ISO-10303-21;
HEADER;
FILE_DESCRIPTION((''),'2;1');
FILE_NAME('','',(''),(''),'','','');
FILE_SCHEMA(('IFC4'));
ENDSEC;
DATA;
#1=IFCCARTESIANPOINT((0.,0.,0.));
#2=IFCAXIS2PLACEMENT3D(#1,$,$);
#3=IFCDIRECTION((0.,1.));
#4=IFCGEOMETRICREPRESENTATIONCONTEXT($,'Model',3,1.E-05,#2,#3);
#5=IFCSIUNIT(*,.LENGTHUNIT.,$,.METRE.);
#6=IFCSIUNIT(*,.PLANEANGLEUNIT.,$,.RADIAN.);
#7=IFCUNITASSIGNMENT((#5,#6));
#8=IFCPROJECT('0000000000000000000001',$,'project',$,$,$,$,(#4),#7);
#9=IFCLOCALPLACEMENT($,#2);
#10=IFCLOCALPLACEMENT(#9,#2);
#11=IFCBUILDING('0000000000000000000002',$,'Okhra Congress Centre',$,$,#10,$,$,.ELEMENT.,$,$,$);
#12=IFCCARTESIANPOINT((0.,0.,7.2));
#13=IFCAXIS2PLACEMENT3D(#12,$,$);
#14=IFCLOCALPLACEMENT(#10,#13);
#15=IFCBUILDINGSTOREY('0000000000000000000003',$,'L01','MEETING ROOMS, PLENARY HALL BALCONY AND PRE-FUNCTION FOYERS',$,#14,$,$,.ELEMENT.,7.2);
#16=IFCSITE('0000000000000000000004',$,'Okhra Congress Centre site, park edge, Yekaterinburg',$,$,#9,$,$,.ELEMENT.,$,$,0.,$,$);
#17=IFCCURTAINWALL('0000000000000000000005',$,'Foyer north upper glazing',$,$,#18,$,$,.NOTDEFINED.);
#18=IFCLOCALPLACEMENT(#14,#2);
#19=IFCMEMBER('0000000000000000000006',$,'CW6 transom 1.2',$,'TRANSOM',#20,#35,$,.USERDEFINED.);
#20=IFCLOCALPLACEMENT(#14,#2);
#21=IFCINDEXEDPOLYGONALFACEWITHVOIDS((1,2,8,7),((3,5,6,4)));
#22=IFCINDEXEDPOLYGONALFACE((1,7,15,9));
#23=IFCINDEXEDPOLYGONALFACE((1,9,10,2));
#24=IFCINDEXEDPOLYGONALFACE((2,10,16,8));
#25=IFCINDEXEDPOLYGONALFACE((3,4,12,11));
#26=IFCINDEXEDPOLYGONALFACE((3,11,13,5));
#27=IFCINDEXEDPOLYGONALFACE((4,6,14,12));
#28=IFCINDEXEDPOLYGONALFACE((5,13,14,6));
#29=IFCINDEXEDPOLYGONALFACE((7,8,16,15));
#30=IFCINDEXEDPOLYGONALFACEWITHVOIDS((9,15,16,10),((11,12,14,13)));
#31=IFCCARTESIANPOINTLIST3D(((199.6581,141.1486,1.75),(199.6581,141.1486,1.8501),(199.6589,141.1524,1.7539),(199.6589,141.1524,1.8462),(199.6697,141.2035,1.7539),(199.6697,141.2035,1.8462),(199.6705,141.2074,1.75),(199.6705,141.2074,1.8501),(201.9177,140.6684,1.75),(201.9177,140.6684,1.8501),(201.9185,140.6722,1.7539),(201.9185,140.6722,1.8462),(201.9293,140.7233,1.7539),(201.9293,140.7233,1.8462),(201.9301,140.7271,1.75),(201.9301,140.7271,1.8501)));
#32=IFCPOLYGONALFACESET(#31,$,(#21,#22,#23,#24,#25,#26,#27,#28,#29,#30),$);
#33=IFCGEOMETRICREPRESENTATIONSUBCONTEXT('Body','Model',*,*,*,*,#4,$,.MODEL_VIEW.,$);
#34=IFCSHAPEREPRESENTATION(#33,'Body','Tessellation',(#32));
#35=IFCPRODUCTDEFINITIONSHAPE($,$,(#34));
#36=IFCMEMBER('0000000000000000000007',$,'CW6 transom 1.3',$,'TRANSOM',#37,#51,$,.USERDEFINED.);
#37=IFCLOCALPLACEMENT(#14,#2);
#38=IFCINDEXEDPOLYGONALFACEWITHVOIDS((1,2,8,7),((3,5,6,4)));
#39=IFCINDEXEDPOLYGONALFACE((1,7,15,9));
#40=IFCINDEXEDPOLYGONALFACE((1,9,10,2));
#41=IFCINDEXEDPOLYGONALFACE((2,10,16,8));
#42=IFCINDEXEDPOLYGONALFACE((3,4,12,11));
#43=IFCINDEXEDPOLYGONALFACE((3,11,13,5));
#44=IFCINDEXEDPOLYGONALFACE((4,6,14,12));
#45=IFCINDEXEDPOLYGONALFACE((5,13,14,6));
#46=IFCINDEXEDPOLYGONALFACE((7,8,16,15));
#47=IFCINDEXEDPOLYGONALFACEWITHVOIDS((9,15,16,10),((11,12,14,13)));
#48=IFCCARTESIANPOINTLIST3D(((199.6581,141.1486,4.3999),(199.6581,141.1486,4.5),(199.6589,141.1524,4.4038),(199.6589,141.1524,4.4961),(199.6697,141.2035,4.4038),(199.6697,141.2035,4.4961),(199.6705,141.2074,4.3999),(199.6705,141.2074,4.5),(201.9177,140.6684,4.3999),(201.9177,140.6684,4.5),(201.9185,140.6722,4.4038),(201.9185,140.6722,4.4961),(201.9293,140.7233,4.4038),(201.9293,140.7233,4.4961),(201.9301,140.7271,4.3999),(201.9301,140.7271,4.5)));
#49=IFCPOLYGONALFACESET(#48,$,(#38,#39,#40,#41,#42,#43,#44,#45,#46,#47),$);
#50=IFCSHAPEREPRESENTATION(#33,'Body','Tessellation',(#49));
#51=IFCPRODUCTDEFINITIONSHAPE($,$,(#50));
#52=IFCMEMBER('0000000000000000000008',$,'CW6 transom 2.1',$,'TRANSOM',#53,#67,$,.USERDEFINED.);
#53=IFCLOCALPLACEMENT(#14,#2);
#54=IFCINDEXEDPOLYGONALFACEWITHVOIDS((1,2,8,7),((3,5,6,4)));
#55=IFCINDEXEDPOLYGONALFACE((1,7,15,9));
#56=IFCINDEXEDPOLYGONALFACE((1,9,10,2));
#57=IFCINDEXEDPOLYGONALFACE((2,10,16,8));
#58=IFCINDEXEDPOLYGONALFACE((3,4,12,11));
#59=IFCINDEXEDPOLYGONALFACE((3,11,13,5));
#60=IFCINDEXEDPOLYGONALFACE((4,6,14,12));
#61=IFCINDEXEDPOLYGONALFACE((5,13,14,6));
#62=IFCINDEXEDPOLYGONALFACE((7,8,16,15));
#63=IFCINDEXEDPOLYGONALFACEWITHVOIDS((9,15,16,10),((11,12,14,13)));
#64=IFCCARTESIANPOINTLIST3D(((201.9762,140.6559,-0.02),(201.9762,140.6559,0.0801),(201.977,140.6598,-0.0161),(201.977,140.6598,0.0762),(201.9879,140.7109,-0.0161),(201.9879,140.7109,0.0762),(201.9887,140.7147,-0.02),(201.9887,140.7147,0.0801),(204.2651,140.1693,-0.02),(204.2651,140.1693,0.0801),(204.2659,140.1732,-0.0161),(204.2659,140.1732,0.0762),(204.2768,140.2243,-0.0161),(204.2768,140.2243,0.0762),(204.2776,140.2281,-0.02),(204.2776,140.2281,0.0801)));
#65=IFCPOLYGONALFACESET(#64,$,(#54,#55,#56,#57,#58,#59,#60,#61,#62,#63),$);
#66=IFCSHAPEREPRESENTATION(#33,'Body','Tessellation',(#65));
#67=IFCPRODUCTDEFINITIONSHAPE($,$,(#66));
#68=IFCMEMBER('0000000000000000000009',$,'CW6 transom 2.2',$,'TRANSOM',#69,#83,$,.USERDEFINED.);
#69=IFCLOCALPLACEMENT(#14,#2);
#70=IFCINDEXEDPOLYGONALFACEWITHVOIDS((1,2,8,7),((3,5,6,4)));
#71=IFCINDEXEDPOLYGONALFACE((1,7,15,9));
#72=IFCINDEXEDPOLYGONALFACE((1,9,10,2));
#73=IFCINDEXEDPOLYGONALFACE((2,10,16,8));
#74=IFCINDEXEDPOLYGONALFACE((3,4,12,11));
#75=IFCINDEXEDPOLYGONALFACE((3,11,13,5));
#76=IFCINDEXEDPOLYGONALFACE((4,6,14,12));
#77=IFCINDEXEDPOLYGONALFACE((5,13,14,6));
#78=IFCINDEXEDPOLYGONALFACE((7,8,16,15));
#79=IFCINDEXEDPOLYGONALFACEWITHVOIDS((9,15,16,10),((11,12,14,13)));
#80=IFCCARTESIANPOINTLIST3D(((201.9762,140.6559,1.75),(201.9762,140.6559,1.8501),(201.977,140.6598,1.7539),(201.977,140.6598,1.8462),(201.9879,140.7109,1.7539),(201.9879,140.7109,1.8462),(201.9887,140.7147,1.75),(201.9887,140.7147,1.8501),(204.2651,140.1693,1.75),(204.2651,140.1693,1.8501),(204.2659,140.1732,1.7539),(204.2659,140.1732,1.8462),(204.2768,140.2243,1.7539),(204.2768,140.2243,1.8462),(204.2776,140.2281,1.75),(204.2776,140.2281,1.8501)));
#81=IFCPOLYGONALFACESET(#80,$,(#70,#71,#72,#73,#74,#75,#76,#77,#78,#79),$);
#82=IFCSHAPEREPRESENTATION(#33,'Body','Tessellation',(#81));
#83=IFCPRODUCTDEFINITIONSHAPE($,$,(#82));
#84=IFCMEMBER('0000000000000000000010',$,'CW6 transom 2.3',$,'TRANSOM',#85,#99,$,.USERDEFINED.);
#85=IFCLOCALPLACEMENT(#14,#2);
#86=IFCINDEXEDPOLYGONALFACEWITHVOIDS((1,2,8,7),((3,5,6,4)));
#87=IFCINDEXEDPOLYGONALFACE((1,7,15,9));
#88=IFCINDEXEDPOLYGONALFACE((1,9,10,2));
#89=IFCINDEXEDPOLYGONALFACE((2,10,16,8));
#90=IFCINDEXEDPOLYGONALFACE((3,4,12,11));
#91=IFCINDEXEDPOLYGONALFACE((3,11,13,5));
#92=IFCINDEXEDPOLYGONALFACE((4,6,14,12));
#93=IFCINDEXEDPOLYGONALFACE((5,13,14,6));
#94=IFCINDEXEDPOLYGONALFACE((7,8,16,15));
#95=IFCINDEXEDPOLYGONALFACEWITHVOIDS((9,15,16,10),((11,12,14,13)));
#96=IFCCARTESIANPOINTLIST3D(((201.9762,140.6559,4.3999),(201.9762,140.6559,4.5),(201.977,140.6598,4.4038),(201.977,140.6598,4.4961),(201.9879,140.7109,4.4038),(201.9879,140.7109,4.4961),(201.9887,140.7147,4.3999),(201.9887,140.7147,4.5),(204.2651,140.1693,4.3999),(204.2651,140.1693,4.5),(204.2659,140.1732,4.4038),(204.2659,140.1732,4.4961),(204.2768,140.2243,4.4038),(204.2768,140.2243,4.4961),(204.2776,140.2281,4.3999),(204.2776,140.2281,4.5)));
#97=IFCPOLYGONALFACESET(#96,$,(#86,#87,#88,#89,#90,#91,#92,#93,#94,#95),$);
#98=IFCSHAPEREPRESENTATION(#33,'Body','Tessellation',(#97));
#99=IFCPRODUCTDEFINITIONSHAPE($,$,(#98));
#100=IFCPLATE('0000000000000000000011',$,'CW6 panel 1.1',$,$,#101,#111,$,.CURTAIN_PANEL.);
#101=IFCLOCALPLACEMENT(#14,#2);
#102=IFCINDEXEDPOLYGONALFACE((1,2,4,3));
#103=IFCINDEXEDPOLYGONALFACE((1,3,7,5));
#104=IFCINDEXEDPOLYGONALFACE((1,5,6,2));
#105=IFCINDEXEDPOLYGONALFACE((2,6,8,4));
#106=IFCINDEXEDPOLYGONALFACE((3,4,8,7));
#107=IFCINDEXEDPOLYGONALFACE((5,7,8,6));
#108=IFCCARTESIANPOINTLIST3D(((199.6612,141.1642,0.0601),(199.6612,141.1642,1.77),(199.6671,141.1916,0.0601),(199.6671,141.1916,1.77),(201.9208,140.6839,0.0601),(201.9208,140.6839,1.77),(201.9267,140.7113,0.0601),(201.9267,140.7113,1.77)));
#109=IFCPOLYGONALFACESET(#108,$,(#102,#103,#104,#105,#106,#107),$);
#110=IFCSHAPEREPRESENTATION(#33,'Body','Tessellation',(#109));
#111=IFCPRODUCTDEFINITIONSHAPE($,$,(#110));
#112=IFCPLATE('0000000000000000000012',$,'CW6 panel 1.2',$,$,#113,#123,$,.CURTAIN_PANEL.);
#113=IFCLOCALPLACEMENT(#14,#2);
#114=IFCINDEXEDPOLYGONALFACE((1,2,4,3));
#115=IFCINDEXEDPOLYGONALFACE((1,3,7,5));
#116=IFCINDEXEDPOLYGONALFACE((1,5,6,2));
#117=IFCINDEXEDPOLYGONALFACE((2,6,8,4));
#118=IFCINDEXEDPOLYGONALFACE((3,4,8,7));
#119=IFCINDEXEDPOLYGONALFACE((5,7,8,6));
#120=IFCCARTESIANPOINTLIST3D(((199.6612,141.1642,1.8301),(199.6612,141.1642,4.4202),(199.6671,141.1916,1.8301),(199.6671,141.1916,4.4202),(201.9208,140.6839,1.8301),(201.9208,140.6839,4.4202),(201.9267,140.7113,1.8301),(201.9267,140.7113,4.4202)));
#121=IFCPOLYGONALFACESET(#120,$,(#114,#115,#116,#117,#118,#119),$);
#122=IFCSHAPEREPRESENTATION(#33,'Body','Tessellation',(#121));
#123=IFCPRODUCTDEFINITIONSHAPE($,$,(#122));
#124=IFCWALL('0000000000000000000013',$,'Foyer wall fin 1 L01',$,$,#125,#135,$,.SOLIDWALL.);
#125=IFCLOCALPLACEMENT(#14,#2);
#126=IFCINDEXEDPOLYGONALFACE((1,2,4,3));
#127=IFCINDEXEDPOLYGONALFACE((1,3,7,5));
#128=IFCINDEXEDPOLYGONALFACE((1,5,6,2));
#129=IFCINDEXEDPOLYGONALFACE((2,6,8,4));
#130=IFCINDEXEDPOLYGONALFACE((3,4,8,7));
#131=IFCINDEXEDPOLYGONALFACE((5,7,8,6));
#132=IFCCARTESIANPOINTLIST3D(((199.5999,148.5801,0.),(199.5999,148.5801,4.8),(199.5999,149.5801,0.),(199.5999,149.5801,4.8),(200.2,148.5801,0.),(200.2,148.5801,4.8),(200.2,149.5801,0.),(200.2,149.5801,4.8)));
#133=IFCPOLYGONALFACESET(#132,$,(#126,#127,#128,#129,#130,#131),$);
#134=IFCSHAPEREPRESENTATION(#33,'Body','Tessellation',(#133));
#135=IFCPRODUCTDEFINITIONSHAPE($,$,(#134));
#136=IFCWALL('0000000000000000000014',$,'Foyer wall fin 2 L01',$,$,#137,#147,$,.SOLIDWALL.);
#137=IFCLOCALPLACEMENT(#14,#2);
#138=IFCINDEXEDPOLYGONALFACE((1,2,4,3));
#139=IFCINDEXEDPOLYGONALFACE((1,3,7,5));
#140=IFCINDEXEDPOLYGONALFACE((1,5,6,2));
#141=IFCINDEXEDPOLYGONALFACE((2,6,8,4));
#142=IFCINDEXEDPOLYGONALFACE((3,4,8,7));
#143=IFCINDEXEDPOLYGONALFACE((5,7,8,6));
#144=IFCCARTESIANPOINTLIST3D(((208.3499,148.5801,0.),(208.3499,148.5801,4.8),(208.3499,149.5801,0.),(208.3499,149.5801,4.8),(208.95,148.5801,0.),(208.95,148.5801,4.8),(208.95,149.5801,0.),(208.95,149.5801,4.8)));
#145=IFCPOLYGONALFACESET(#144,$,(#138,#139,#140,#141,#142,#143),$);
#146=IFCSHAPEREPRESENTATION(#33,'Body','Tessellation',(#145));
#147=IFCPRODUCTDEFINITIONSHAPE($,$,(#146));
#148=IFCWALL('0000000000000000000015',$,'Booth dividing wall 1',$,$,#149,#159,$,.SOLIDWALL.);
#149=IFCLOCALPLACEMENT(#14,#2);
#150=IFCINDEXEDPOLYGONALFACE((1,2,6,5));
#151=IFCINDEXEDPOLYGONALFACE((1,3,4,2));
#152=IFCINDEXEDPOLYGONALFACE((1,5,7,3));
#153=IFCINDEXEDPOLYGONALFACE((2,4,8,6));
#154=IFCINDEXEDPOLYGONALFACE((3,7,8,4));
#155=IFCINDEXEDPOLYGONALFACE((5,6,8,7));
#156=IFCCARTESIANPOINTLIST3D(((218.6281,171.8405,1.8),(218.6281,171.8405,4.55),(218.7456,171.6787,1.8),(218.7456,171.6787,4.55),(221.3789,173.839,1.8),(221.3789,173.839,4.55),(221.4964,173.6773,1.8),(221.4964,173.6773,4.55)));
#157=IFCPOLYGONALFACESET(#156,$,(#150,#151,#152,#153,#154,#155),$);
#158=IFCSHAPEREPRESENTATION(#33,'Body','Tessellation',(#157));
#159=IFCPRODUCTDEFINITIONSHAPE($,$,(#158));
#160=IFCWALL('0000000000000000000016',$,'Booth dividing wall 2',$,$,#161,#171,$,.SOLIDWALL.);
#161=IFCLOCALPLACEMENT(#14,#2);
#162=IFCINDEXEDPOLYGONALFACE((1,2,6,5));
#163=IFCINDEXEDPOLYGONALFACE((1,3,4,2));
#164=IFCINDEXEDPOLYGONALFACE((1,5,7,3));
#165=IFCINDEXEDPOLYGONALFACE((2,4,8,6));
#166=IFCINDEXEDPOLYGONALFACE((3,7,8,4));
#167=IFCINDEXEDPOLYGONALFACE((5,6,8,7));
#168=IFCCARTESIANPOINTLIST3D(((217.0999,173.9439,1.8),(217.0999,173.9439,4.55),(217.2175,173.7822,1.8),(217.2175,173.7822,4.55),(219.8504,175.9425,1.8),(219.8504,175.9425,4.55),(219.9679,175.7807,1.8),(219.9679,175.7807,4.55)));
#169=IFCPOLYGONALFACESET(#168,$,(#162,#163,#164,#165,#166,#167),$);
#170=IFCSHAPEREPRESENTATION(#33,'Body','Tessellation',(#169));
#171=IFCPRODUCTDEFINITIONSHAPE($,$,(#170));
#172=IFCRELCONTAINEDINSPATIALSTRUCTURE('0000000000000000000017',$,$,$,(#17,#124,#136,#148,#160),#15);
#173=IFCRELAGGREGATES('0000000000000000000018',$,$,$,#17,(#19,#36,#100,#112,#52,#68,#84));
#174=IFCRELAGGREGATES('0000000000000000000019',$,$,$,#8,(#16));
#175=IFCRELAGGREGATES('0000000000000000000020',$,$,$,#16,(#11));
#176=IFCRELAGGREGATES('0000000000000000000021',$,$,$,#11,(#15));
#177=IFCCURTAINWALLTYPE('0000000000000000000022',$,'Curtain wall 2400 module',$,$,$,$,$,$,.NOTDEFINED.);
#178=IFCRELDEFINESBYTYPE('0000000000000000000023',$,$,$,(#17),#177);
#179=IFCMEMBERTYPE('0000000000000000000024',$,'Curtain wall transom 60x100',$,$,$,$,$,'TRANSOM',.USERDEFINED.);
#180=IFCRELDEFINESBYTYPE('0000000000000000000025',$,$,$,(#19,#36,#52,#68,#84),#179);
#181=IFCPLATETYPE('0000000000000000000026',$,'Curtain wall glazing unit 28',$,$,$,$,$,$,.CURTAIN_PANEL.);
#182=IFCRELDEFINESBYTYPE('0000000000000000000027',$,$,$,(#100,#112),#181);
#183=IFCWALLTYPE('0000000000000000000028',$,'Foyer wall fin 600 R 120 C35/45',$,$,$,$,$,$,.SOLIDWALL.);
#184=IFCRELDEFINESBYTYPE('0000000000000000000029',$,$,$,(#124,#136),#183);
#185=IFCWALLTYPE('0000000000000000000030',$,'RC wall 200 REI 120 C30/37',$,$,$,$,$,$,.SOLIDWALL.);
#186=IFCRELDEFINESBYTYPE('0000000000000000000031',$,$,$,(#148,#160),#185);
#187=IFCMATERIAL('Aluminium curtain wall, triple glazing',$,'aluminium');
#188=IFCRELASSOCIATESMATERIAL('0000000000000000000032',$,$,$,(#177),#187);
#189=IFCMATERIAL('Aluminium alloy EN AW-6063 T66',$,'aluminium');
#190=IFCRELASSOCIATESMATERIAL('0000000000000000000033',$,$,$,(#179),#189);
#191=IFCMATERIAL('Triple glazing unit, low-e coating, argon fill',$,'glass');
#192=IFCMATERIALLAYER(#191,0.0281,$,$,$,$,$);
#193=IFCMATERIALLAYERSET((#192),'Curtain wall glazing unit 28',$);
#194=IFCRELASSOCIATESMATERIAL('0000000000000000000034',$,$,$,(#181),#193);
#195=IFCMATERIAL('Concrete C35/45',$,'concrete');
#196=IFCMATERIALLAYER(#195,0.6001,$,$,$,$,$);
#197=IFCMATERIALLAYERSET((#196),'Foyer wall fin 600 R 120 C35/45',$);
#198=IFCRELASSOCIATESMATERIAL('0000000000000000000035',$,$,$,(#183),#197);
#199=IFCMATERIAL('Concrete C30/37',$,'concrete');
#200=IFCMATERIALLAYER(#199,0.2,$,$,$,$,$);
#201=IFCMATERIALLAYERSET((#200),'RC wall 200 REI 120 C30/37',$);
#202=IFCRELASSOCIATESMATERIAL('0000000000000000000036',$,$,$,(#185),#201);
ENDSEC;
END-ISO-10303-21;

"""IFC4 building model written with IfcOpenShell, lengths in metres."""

from ifc_helpers import new_model, si_unit, direction, frame, frame_2d, origin, origin_2d, place, context, subcontext, project, spatial, rectangle, hollow_rectangle, extrude, material, layer, layer_set, material_profile, profile_set, type_object, element, aggregate, save


model = new_model("IFC4")

# Units and contexts
model_context = context("Model", 3, precision=1e-05, world=origin(), true_north=direction((0.0, 1.0)))
body_context = subcontext(model_context, "Body", "Model", "MODEL_VIEW")
ifc_project = project(units=[si_unit("LENGTHUNIT", "METRE"), si_unit("PLANEANGLEUNIT", "RADIAN")], contexts=[model_context])

# Site, building, storey
site_placement = place(None, origin())
site = spatial("IfcSite", under=ifc_project, at=site_placement, Name="Okhra Congress Centre site, park edge, Yekaterinburg", CompositionType="ELEMENT", RefElevation=0.0)
building_placement = place(site_placement, origin())
building = spatial("IfcBuilding", under=site, at=building_placement, Name="Okhra Congress Centre", CompositionType="ELEMENT")
storey_placement = place(building_placement, frame((0.0, 0.0, 7.2)))
storey = spatial("IfcBuildingStorey", under=building, at=storey_placement, Name="L01", Description="MEETING ROOMS, PLENARY HALL BALCONY AND PRE-FUNCTION FOYERS", CompositionType="ELEMENT", Elevation=7.2)

# Shared definitions
ifc_material_1 = material(Name="Concrete C35/45", Category="concrete")

# Curtain wall, members, plates
ifc_material_2 = material(Name="Aluminium curtain wall, triple glazing", Category="aluminium")
curtain_wall_type = type_object("IfcCurtainWallType", Name="Curtain wall 2400 module", PredefinedType="NOTDEFINED", material=ifc_material_2)
curtain_wall_placement = place(storey_placement, origin())
curtain_wall = element("IfcCurtainWall", 1, at=curtain_wall_placement, inside=storey, type_object=curtain_wall_type, Name="Foyer north upper glazing", PredefinedType="NOTDEFINED")
ifc_material_3 = material(Name="Aluminium alloy EN AW-6063 T66", Category="aluminium")
ifc_material_profile_1 = material_profile(ifc_material_3, hollow_rectangle(XDim=0.0601, YDim=0.1001, WallThickness=0.0039, at=origin_2d()), Name="RHS 60x100x4")
ifc_profile_set_1 = profile_set([ifc_material_profile_1], Name="Aluminium alloy EN AW-6063 T66")
member_type_1 = type_object("IfcMemberType", Name="Curtain wall transom 60x100", ElementType="TRANSOM", PredefinedType="USERDEFINED", material=ifc_profile_set_1)
member_1_placement = place(storey_placement, frame((199.6643, 141.178, 1.8), z_axis=(0.978152, -0.20789, 0.0), x_axis=(0.20789, 0.978152, 0.0)))
member_1 = element("IfcMember", 2, at=member_1_placement, type_object=member_type_1, Name="CW6 transom 1.2", ObjectType="TRANSOM", PredefinedType="USERDEFINED", context=body_context, shape_type="SweptSolid", body=[
    extrude(hollow_rectangle(XDim=0.0601, YDim=0.1001, WallThickness=0.0039, at=origin_2d()), origin(), (0.0, 0.0, 1.0), 2.3101),
])
member_2_placement = place(storey_placement, frame((199.6643, 141.178, 4.45), z_axis=(0.978152, -0.20789, 0.0), x_axis=(0.20789, 0.978152, 0.0)))
member_2 = element("IfcMember", 3, at=member_2_placement, type_object=member_type_1, Name="CW6 transom 1.3", ObjectType="TRANSOM", PredefinedType="USERDEFINED", context=body_context, shape_type="SweptSolid", body=[
    extrude(hollow_rectangle(XDim=0.0601, YDim=0.1001, WallThickness=0.0039, at=origin_2d()), origin(), (0.0, 0.0, 1.0), 2.3101),
])
member_3_placement = place(storey_placement, frame((201.9824, 140.6853, 0.03), z_axis=(0.978142, -0.20794, 0.0), x_axis=(0.20794, 0.978142, 0.0)))
member_3 = element("IfcMember", 4, at=member_3_placement, type_object=member_type_1, Name="CW6 transom 2.1", ObjectType="TRANSOM", PredefinedType="USERDEFINED", context=body_context, shape_type="SweptSolid", body=[
    extrude(hollow_rectangle(XDim=0.0601, YDim=0.1001, WallThickness=0.0039, at=origin_2d()), origin(), (0.0, 0.0, 1.0), 2.3401),
])
member_4_placement = place(storey_placement, frame((201.9824, 140.6853, 1.8), z_axis=(0.978142, -0.20794, 0.0), x_axis=(0.20794, 0.978142, 0.0)))
member_4 = element("IfcMember", 5, at=member_4_placement, type_object=member_type_1, Name="CW6 transom 2.2", ObjectType="TRANSOM", PredefinedType="USERDEFINED", context=body_context, shape_type="SweptSolid", body=[
    extrude(hollow_rectangle(XDim=0.0601, YDim=0.1001, WallThickness=0.0039, at=origin_2d()), origin(), (0.0, 0.0, 1.0), 2.3401),
])
member_5_placement = place(storey_placement, frame((201.9824, 140.6853, 4.45), z_axis=(0.978142, -0.20794, 0.0), x_axis=(0.20794, 0.978142, 0.0)))
member_5 = element("IfcMember", 6, at=member_5_placement, type_object=member_type_1, Name="CW6 transom 2.3", ObjectType="TRANSOM", PredefinedType="USERDEFINED", context=body_context, shape_type="SweptSolid", body=[
    extrude(hollow_rectangle(XDim=0.0601, YDim=0.1001, WallThickness=0.0039, at=origin_2d()), origin(), (0.0, 0.0, 1.0), 2.3401),
])
ifc_material_4 = material(Name="Triple glazing unit, low-e coating, argon fill", Category="glass")
ifc_layer_1 = layer(ifc_material_4, 0.0281)
ifc_layer_set_1 = layer_set([ifc_layer_1], Name="Curtain wall glazing unit 28")
plate_type = type_object("IfcPlateType", Name="Curtain wall glazing unit 28", PredefinedType="CURTAIN_PANEL", material=ifc_layer_set_1)
plate_1_placement = place(storey_placement, frame((200.7939, 140.9377, 0.0601), z_axis=(0.0, 0.0, 1.0), x_axis=(0.978148, -0.207912, 0.0)))
plate_1 = element("IfcPlate", 7, at=plate_1_placement, type_object=plate_type, Name="CW6 panel 1.1", PredefinedType="CURTAIN_PANEL", context=body_context, shape_type="SweptSolid", body=[
    extrude(rectangle(XDim=2.3101, YDim=0.0281, at=origin_2d()), origin(), (0.0, 0.0, 1.0), 1.71),
])
plate_2_placement = place(storey_placement, frame((200.7939, 140.9377, 1.8301), z_axis=(0.0, 0.0, 1.0), x_axis=(0.978148, -0.207912, 0.0)))
plate_2 = element("IfcPlate", 8, at=plate_2_placement, type_object=plate_type, Name="CW6 panel 1.2", PredefinedType="CURTAIN_PANEL", context=body_context, shape_type="SweptSolid", body=[
    extrude(rectangle(XDim=2.3101, YDim=0.0281, at=origin_2d()), origin(), (0.0, 0.0, 1.0), 2.5901),
])
aggregate(curtain_wall, [member_1, member_2, plate_1, plate_2, member_3, member_4, member_5])

# Walls
ifc_layer_2 = layer(ifc_material_1, 0.6001)
ifc_layer_set_2 = layer_set([ifc_layer_2], Name="Foyer wall fin 600 R 120 C35/45")
wall_type_1 = type_object("IfcWallType", Name="Foyer wall fin 600 R 120 C35/45", PredefinedType="SOLIDWALL", material=ifc_layer_set_2)
for number, where, z_axis, x_axis, name in (
    (9, (199.8999, 149.5801, 0.0), (0.0, 0.0, 1.0), (0.0, -1.0, 0.0), "Foyer wall fin 1 L01"),
    (10, (208.6499, 149.5801, 0.0), (0.0, 0.0, 1.0), (0.0, -1.0, 0.0), "Foyer wall fin 2 L01"),
):
    element("IfcWall", number, at=place(storey_placement, frame(where, z_axis=z_axis, x_axis=x_axis)), inside=storey, type_object=wall_type_1, Name=name, PredefinedType="SOLIDWALL", context=body_context, shape_type="SweptSolid", body=[
        extrude(rectangle(XDim=1.0, YDim=0.6001, at=frame_2d((0.5, 0.0))), origin(), (0.0, 0.0, 1.0), 4.8),
    ])
ifc_material_5 = material(Name="Concrete C30/37", Category="concrete")
ifc_layer_3 = layer(ifc_material_5, 0.2)
ifc_layer_set_3 = layer_set([ifc_layer_3], Name="RC wall 200 REI 120 C30/37")
wall_type_2 = type_object("IfcWallType", Name="RC wall 200 REI 120 C30/37", PredefinedType="SOLIDWALL", material=ifc_layer_set_3)
wall_1_placement = place(storey_placement, frame((218.6868, 171.7595, 1.8), z_axis=(0.0, 0.0, 1.0), x_axis=(0.809015, 0.587787, 0.0)))
element("IfcWall", 11, at=wall_1_placement, inside=storey, type_object=wall_type_2, Name="Booth dividing wall 1", PredefinedType="SOLIDWALL", context=body_context, shape_type="SweptSolid", body=[
    extrude(rectangle(XDim=3.4001, YDim=0.2, at=frame_2d((1.7002, 0.0))), origin(), (0.0, 0.0, 1.0), 2.75),
])
wall_2_placement = place(storey_placement, frame((217.1587, 173.863, 1.8), z_axis=(0.0, 0.0, 1.0), x_axis=(0.808991, 0.587822, 0.0)))
element("IfcWall", 12, at=wall_2_placement, inside=storey, type_object=wall_type_2, Name="Booth dividing wall 2", PredefinedType="SOLIDWALL", context=body_context, shape_type="SweptSolid", body=[
    extrude(rectangle(XDim=3.3999, YDim=0.2, at=frame_2d((1.7, 0.0))), origin(), (0.0, 0.0, 1.0), 2.75),
])

save(model, "model.ifc")
